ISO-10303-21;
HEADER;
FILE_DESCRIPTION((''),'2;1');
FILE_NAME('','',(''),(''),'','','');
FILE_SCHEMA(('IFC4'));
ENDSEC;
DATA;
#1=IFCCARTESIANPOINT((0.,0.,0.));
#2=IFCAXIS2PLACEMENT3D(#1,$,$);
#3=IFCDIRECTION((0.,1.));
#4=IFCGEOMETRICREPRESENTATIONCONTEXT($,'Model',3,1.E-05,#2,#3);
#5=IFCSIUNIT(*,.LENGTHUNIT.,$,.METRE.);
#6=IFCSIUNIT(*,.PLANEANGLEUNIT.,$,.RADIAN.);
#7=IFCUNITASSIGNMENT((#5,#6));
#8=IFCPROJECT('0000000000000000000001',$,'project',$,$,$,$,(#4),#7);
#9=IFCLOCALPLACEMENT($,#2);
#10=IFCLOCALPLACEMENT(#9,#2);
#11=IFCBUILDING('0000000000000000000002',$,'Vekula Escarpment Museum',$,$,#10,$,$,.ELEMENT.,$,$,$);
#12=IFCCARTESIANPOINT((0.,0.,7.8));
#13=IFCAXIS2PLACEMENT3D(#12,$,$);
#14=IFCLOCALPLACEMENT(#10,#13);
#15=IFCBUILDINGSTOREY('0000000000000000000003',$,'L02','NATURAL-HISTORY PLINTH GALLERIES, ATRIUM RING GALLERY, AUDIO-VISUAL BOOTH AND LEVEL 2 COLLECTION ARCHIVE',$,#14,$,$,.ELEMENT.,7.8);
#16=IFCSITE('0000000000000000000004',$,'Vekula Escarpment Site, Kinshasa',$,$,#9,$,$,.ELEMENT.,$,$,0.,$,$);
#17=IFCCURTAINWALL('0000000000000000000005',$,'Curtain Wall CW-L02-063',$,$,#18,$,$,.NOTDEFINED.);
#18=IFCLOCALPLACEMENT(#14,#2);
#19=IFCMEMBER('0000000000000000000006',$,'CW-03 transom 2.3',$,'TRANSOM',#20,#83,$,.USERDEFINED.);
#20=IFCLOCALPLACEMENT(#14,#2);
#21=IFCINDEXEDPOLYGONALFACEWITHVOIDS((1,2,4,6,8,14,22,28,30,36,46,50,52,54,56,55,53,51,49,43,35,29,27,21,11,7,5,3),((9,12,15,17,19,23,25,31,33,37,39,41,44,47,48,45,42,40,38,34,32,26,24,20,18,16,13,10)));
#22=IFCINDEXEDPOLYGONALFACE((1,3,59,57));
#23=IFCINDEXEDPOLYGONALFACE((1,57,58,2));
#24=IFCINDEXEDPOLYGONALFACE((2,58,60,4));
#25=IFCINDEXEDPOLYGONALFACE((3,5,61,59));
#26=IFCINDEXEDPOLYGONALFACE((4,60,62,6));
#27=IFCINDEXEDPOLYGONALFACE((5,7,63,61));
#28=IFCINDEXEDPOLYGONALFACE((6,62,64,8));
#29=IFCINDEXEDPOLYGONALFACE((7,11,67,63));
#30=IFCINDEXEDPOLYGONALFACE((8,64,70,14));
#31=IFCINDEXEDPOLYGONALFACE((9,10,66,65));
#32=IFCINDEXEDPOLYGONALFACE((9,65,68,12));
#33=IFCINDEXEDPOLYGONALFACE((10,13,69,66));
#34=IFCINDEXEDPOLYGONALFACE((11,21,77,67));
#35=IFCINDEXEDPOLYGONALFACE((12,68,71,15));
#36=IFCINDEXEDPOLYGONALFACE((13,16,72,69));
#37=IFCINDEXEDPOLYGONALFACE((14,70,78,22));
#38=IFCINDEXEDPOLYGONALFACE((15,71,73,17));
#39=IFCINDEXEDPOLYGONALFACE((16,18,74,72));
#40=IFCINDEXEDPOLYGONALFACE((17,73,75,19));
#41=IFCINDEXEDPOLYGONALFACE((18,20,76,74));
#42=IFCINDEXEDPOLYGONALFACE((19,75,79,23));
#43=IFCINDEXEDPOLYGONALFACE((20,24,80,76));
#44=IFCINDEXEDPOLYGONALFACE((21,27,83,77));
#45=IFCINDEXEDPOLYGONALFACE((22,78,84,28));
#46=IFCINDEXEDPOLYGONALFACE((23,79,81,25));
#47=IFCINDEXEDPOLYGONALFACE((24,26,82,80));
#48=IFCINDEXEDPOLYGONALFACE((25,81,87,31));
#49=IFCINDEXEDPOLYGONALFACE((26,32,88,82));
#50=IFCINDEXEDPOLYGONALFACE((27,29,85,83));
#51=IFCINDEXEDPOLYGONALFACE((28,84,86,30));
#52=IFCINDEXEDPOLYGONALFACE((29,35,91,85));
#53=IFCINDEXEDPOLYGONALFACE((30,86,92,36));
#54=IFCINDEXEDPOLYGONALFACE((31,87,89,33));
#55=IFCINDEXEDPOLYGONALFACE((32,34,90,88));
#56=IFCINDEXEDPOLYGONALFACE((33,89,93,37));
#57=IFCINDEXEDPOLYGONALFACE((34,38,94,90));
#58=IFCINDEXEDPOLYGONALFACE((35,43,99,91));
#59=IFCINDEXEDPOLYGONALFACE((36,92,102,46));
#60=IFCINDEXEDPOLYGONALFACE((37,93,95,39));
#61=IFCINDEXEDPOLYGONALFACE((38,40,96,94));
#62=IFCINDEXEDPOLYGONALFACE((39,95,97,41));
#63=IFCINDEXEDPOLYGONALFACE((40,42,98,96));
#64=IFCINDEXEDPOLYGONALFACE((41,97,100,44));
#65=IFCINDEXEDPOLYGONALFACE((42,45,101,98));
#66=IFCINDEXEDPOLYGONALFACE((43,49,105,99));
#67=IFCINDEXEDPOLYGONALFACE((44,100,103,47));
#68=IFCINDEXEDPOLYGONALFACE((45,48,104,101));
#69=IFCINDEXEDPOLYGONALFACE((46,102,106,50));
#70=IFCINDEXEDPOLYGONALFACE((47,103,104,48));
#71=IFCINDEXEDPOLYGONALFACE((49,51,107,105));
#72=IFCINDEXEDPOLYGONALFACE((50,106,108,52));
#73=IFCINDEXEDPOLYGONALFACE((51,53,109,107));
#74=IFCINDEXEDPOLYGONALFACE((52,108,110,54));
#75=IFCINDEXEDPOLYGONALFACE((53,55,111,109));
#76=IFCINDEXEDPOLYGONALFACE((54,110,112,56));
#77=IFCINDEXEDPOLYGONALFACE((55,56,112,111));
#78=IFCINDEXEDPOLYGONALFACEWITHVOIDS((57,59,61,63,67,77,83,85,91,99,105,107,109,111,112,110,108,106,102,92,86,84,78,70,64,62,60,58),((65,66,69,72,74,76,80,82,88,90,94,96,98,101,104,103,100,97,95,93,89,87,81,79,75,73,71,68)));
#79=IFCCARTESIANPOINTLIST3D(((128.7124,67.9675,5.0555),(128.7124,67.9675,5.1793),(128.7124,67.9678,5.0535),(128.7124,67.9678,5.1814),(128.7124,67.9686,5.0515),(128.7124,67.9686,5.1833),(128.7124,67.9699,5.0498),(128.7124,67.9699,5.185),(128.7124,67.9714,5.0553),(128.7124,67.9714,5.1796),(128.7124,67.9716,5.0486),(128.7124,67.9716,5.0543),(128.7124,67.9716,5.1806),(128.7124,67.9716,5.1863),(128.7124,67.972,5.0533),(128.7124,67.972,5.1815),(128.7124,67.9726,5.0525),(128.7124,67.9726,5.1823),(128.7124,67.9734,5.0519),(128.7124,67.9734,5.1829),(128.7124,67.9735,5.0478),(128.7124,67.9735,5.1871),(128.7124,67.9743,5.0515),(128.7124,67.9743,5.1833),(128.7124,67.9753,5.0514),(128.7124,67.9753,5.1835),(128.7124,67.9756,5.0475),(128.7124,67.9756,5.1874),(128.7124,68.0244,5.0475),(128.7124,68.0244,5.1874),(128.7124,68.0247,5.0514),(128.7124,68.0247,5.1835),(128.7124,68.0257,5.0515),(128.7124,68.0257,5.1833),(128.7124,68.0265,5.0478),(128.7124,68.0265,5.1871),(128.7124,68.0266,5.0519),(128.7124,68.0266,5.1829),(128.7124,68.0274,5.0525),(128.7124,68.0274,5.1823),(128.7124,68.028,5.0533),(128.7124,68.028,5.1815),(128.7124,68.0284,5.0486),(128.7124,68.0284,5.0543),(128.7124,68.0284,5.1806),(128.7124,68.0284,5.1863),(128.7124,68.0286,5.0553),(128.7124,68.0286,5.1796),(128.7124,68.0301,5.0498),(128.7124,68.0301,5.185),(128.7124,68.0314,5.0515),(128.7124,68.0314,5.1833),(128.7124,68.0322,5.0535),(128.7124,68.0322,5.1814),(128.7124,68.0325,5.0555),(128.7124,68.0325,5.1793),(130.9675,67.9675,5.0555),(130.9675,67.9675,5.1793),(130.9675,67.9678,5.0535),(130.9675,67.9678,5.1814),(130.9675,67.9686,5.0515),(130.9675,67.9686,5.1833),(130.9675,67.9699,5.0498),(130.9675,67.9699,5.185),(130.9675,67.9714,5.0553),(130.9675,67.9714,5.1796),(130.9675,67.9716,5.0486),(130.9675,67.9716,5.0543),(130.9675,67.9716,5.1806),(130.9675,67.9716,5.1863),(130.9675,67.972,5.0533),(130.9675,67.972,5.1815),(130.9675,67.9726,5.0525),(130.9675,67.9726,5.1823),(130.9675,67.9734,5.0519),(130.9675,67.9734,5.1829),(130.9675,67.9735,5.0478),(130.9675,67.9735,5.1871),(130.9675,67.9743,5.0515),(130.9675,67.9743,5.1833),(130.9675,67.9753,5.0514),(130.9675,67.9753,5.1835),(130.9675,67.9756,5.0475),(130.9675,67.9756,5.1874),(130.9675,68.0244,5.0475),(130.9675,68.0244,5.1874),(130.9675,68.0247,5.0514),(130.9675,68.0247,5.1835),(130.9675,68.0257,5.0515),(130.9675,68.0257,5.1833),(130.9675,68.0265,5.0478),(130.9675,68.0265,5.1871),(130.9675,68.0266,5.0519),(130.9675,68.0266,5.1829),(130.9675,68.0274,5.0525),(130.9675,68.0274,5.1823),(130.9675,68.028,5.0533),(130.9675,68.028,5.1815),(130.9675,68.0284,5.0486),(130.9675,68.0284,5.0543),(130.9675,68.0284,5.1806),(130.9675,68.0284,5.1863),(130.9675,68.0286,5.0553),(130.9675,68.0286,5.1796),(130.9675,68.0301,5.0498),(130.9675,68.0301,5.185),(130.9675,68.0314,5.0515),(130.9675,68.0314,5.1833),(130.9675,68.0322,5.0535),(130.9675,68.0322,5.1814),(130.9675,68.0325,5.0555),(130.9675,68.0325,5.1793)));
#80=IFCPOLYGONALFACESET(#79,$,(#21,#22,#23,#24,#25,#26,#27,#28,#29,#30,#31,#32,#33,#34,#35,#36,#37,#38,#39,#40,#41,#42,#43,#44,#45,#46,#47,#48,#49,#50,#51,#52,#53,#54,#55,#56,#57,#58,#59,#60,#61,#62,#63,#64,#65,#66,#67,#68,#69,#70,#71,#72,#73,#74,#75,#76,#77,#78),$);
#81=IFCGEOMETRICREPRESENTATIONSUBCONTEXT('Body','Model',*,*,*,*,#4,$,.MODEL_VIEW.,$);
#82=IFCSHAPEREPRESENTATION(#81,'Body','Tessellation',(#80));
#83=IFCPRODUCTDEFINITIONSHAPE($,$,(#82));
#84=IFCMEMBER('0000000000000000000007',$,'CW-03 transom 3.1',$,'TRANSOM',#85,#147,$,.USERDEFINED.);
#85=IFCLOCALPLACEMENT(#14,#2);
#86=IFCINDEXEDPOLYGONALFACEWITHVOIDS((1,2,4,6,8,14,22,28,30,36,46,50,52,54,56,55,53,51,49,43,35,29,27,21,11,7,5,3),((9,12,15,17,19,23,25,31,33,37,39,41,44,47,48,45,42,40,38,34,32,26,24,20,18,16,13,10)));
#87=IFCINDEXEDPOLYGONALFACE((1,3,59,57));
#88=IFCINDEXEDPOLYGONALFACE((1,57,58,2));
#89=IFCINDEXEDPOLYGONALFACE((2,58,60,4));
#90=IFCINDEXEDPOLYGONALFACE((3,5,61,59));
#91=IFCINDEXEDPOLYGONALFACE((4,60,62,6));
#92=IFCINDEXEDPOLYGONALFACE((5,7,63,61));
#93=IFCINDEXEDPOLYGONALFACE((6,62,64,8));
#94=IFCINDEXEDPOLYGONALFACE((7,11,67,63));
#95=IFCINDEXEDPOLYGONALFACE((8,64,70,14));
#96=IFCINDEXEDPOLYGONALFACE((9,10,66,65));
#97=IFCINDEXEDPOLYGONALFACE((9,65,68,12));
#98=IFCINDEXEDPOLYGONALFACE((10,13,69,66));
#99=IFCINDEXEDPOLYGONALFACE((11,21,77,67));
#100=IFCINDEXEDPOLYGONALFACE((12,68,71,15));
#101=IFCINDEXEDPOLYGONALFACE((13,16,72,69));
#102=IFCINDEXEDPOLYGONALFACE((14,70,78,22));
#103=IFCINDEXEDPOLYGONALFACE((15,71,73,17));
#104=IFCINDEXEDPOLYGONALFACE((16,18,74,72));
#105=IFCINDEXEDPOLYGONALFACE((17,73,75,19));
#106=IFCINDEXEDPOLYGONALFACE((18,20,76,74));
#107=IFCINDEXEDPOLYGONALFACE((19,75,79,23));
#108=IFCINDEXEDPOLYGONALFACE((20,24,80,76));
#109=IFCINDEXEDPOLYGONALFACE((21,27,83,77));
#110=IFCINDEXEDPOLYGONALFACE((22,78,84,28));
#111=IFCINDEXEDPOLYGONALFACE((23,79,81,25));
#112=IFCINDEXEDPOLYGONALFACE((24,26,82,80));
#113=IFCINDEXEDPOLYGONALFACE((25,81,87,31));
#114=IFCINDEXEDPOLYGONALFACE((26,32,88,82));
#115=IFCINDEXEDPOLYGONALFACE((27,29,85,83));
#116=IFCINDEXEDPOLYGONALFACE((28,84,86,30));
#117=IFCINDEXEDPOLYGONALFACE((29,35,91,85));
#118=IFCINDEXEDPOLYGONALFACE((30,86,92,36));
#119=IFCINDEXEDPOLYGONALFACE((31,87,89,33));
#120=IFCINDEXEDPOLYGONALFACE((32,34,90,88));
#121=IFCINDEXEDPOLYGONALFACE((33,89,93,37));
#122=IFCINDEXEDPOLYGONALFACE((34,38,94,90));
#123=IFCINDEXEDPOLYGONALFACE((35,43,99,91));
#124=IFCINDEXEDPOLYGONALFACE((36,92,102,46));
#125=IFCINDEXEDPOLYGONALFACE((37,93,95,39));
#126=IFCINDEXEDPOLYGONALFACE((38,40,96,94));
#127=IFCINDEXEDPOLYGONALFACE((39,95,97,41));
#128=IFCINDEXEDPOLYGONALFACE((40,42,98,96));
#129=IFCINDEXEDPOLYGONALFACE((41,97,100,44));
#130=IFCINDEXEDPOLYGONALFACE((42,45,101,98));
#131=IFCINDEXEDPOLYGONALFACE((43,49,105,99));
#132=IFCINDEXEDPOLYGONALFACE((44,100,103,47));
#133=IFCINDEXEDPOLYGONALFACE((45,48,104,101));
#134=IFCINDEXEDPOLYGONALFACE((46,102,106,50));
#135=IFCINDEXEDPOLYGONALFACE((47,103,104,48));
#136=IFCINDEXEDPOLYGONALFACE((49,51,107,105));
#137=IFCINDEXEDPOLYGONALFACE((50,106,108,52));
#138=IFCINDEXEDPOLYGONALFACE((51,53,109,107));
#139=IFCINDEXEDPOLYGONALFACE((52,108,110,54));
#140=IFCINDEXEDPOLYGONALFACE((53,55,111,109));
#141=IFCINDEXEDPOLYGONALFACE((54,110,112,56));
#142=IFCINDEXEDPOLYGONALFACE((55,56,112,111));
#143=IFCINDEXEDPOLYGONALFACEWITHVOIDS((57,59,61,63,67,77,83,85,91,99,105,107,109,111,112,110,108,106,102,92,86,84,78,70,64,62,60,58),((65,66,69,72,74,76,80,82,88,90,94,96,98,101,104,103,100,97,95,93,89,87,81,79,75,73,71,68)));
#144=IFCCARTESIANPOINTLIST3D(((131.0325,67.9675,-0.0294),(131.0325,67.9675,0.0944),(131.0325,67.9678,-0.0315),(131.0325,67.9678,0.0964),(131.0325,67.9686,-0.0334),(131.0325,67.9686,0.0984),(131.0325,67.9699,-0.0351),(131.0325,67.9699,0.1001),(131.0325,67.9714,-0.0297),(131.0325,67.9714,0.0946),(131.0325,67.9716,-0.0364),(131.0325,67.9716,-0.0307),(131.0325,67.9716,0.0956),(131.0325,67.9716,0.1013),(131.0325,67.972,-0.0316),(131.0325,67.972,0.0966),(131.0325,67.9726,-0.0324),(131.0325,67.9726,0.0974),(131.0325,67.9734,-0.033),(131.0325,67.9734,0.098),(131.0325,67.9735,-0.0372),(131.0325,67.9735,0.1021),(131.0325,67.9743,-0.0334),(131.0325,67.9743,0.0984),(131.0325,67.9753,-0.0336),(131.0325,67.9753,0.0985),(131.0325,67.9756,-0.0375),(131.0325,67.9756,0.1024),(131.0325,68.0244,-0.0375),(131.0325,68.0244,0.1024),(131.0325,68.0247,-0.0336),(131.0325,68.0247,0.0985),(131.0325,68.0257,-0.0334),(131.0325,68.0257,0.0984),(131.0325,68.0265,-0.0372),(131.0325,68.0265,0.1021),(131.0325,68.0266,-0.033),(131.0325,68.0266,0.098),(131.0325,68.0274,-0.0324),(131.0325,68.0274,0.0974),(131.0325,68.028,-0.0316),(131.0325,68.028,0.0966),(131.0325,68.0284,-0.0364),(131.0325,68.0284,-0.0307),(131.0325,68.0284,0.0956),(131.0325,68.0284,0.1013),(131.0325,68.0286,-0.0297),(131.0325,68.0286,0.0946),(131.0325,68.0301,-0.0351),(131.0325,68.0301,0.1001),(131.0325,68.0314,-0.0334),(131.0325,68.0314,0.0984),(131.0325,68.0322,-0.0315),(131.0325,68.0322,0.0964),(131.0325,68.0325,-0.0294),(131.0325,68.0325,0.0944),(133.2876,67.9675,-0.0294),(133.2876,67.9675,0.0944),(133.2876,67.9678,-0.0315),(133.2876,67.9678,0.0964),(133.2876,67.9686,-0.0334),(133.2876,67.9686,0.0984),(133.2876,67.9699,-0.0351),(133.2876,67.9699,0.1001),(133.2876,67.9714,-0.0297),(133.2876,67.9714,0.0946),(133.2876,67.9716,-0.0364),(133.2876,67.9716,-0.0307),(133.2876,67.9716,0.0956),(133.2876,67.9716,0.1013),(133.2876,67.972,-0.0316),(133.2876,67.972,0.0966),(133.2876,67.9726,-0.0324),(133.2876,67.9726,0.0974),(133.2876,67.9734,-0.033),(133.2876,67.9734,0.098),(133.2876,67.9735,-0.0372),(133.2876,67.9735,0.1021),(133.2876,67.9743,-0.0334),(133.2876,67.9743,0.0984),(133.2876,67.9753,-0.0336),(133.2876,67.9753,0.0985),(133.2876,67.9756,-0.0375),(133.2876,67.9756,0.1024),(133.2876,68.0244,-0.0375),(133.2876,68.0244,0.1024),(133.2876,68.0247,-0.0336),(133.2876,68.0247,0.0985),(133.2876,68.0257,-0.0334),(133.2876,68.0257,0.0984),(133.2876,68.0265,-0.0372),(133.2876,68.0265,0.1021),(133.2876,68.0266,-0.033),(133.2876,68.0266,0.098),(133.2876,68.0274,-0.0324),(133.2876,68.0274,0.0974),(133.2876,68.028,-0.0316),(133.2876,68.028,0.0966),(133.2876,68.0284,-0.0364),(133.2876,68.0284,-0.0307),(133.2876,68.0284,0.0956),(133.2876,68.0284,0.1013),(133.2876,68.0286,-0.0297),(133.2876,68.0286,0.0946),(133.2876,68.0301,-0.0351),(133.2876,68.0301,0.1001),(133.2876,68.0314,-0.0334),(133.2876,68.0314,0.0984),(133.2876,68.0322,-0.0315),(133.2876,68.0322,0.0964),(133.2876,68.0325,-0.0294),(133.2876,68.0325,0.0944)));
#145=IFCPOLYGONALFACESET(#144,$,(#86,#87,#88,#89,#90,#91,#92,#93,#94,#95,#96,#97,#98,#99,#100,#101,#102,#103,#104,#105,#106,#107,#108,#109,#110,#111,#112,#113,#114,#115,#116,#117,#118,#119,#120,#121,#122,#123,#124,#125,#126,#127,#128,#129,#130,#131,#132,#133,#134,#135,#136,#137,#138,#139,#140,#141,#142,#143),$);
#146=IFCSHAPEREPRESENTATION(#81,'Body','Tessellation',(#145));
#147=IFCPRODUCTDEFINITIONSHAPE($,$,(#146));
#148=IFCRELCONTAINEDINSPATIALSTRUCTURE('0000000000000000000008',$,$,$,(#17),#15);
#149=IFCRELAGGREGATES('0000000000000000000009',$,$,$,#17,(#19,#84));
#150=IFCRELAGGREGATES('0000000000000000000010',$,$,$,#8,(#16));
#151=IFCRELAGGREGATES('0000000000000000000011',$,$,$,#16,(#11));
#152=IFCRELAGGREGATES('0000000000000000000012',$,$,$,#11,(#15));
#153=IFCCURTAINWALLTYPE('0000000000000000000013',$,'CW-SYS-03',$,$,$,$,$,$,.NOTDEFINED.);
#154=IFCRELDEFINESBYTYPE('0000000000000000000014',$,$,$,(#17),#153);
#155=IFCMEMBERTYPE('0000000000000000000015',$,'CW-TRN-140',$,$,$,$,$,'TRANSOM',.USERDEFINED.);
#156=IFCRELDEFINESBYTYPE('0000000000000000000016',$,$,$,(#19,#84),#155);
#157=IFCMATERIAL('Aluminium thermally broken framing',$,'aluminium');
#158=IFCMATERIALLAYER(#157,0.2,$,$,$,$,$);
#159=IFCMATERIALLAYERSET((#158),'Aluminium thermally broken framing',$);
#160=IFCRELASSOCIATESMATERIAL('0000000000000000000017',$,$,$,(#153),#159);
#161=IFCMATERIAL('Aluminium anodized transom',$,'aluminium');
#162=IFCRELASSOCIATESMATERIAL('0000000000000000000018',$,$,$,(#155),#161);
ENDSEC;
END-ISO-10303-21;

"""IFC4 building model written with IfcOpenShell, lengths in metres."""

from ifc_helpers import new_model, si_unit, direction, frame, origin, origin_2d, place, context, subcontext, project, spatial, hollow_rectangle, extrude, material, layer, layer_set, material_profile, profile_set, type_object, element, aggregate, save


model = new_model("IFC4")

# Units and contexts
model_context = context("Model", 3, precision=1e-05, world=origin(), true_north=direction((0.0, 1.0)))
body_context = subcontext(model_context, "Body", "Model", "MODEL_VIEW")
ifc_project = project(units=[si_unit("LENGTHUNIT", "METRE"), si_unit("PLANEANGLEUNIT", "RADIAN")], contexts=[model_context])

# Site, building, storey
site_placement = place(None, origin())
site = spatial("IfcSite", under=ifc_project, at=site_placement, Name="Vekula Escarpment Site, Kinshasa", CompositionType="ELEMENT", RefElevation=0.0)
building_placement = place(site_placement, origin())
building = spatial("IfcBuilding", under=site, at=building_placement, Name="Vekula Escarpment Museum", CompositionType="ELEMENT")
storey_placement = place(building_placement, frame((0.0, 0.0, 7.8)))
storey = spatial("IfcBuildingStorey", under=building, at=storey_placement, Name="L02", Description="NATURAL-HISTORY PLINTH GALLERIES, ATRIUM RING GALLERY, AUDIO-VISUAL BOOTH AND LEVEL 2 COLLECTION ARCHIVE", CompositionType="ELEMENT", Elevation=7.8)

# Curtain wall, members
ifc_material_1 = material(Name="Aluminium thermally broken framing", Category="aluminium")
ifc_layer_1 = layer(ifc_material_1, 0.2)
ifc_layer_set_1 = layer_set([ifc_layer_1], Name="Aluminium thermally broken framing")
curtain_wall_type = type_object("IfcCurtainWallType", Name="CW-SYS-03", PredefinedType="NOTDEFINED", material=ifc_layer_set_1)
curtain_wall_placement = place(storey_placement, origin())
curtain_wall = element("IfcCurtainWall", 1, at=curtain_wall_placement, inside=storey, type_object=curtain_wall_type, Name="Curtain Wall CW-L02-063", PredefinedType="NOTDEFINED")
ifc_material_2 = material(Name="Aluminium anodized transom", Category="aluminium")
ifc_material_profile_1 = material_profile(ifc_material_2, hollow_rectangle(XDim=0.0649, YDim=0.1399, WallThickness=0.0039, InnerFilletRadius=0.0039, OuterFilletRadius=0.0081, at=origin_2d()), Name="ALU 140x65x4")
ifc_profile_set_1 = profile_set([ifc_material_profile_1], Name="Aluminium anodized transom")
member_type_1 = type_object("IfcMemberType", Name="CW-TRN-140", ElementType="TRANSOM", PredefinedType="USERDEFINED", material=ifc_profile_set_1)
member_1_placement = place(storey_placement, frame((128.7124, 68.0, 5.1174), z_axis=(1.0, 0.0, 0.0), x_axis=(0.0, 1.0, 0.0)))
member_1 = element("IfcMember", 2, at=member_1_placement, type_object=member_type_1, Name="CW-03 transom 2.3", ObjectType="TRANSOM", PredefinedType="USERDEFINED", context=body_context, shape_type="SweptSolid", body=[
    extrude(hollow_rectangle(XDim=0.0649, YDim=0.1399, WallThickness=0.0039, InnerFilletRadius=0.0039, OuterFilletRadius=0.0081, at=origin_2d()), origin(), (0.0, 0.0, 1.0), 2.2551),
])
member_2_placement = place(storey_placement, frame((131.0325, 68.0, 0.0325), z_axis=(1.0, 0.0, 0.0), x_axis=(0.0, 1.0, 0.0)))
member_2 = element("IfcMember", 3, at=member_2_placement, type_object=member_type_1, Name="CW-03 transom 3.1", ObjectType="TRANSOM", PredefinedType="USERDEFINED", context=body_context, shape_type="SweptSolid", body=[
    extrude(hollow_rectangle(XDim=0.0649, YDim=0.1399, WallThickness=0.0039, InnerFilletRadius=0.0039, OuterFilletRadius=0.0081, at=origin_2d()), origin(), (0.0, 0.0, 1.0), 2.2551),
])

aggregate(curtain_wall, [member_1, member_2])

save(model, "model.ifc")
